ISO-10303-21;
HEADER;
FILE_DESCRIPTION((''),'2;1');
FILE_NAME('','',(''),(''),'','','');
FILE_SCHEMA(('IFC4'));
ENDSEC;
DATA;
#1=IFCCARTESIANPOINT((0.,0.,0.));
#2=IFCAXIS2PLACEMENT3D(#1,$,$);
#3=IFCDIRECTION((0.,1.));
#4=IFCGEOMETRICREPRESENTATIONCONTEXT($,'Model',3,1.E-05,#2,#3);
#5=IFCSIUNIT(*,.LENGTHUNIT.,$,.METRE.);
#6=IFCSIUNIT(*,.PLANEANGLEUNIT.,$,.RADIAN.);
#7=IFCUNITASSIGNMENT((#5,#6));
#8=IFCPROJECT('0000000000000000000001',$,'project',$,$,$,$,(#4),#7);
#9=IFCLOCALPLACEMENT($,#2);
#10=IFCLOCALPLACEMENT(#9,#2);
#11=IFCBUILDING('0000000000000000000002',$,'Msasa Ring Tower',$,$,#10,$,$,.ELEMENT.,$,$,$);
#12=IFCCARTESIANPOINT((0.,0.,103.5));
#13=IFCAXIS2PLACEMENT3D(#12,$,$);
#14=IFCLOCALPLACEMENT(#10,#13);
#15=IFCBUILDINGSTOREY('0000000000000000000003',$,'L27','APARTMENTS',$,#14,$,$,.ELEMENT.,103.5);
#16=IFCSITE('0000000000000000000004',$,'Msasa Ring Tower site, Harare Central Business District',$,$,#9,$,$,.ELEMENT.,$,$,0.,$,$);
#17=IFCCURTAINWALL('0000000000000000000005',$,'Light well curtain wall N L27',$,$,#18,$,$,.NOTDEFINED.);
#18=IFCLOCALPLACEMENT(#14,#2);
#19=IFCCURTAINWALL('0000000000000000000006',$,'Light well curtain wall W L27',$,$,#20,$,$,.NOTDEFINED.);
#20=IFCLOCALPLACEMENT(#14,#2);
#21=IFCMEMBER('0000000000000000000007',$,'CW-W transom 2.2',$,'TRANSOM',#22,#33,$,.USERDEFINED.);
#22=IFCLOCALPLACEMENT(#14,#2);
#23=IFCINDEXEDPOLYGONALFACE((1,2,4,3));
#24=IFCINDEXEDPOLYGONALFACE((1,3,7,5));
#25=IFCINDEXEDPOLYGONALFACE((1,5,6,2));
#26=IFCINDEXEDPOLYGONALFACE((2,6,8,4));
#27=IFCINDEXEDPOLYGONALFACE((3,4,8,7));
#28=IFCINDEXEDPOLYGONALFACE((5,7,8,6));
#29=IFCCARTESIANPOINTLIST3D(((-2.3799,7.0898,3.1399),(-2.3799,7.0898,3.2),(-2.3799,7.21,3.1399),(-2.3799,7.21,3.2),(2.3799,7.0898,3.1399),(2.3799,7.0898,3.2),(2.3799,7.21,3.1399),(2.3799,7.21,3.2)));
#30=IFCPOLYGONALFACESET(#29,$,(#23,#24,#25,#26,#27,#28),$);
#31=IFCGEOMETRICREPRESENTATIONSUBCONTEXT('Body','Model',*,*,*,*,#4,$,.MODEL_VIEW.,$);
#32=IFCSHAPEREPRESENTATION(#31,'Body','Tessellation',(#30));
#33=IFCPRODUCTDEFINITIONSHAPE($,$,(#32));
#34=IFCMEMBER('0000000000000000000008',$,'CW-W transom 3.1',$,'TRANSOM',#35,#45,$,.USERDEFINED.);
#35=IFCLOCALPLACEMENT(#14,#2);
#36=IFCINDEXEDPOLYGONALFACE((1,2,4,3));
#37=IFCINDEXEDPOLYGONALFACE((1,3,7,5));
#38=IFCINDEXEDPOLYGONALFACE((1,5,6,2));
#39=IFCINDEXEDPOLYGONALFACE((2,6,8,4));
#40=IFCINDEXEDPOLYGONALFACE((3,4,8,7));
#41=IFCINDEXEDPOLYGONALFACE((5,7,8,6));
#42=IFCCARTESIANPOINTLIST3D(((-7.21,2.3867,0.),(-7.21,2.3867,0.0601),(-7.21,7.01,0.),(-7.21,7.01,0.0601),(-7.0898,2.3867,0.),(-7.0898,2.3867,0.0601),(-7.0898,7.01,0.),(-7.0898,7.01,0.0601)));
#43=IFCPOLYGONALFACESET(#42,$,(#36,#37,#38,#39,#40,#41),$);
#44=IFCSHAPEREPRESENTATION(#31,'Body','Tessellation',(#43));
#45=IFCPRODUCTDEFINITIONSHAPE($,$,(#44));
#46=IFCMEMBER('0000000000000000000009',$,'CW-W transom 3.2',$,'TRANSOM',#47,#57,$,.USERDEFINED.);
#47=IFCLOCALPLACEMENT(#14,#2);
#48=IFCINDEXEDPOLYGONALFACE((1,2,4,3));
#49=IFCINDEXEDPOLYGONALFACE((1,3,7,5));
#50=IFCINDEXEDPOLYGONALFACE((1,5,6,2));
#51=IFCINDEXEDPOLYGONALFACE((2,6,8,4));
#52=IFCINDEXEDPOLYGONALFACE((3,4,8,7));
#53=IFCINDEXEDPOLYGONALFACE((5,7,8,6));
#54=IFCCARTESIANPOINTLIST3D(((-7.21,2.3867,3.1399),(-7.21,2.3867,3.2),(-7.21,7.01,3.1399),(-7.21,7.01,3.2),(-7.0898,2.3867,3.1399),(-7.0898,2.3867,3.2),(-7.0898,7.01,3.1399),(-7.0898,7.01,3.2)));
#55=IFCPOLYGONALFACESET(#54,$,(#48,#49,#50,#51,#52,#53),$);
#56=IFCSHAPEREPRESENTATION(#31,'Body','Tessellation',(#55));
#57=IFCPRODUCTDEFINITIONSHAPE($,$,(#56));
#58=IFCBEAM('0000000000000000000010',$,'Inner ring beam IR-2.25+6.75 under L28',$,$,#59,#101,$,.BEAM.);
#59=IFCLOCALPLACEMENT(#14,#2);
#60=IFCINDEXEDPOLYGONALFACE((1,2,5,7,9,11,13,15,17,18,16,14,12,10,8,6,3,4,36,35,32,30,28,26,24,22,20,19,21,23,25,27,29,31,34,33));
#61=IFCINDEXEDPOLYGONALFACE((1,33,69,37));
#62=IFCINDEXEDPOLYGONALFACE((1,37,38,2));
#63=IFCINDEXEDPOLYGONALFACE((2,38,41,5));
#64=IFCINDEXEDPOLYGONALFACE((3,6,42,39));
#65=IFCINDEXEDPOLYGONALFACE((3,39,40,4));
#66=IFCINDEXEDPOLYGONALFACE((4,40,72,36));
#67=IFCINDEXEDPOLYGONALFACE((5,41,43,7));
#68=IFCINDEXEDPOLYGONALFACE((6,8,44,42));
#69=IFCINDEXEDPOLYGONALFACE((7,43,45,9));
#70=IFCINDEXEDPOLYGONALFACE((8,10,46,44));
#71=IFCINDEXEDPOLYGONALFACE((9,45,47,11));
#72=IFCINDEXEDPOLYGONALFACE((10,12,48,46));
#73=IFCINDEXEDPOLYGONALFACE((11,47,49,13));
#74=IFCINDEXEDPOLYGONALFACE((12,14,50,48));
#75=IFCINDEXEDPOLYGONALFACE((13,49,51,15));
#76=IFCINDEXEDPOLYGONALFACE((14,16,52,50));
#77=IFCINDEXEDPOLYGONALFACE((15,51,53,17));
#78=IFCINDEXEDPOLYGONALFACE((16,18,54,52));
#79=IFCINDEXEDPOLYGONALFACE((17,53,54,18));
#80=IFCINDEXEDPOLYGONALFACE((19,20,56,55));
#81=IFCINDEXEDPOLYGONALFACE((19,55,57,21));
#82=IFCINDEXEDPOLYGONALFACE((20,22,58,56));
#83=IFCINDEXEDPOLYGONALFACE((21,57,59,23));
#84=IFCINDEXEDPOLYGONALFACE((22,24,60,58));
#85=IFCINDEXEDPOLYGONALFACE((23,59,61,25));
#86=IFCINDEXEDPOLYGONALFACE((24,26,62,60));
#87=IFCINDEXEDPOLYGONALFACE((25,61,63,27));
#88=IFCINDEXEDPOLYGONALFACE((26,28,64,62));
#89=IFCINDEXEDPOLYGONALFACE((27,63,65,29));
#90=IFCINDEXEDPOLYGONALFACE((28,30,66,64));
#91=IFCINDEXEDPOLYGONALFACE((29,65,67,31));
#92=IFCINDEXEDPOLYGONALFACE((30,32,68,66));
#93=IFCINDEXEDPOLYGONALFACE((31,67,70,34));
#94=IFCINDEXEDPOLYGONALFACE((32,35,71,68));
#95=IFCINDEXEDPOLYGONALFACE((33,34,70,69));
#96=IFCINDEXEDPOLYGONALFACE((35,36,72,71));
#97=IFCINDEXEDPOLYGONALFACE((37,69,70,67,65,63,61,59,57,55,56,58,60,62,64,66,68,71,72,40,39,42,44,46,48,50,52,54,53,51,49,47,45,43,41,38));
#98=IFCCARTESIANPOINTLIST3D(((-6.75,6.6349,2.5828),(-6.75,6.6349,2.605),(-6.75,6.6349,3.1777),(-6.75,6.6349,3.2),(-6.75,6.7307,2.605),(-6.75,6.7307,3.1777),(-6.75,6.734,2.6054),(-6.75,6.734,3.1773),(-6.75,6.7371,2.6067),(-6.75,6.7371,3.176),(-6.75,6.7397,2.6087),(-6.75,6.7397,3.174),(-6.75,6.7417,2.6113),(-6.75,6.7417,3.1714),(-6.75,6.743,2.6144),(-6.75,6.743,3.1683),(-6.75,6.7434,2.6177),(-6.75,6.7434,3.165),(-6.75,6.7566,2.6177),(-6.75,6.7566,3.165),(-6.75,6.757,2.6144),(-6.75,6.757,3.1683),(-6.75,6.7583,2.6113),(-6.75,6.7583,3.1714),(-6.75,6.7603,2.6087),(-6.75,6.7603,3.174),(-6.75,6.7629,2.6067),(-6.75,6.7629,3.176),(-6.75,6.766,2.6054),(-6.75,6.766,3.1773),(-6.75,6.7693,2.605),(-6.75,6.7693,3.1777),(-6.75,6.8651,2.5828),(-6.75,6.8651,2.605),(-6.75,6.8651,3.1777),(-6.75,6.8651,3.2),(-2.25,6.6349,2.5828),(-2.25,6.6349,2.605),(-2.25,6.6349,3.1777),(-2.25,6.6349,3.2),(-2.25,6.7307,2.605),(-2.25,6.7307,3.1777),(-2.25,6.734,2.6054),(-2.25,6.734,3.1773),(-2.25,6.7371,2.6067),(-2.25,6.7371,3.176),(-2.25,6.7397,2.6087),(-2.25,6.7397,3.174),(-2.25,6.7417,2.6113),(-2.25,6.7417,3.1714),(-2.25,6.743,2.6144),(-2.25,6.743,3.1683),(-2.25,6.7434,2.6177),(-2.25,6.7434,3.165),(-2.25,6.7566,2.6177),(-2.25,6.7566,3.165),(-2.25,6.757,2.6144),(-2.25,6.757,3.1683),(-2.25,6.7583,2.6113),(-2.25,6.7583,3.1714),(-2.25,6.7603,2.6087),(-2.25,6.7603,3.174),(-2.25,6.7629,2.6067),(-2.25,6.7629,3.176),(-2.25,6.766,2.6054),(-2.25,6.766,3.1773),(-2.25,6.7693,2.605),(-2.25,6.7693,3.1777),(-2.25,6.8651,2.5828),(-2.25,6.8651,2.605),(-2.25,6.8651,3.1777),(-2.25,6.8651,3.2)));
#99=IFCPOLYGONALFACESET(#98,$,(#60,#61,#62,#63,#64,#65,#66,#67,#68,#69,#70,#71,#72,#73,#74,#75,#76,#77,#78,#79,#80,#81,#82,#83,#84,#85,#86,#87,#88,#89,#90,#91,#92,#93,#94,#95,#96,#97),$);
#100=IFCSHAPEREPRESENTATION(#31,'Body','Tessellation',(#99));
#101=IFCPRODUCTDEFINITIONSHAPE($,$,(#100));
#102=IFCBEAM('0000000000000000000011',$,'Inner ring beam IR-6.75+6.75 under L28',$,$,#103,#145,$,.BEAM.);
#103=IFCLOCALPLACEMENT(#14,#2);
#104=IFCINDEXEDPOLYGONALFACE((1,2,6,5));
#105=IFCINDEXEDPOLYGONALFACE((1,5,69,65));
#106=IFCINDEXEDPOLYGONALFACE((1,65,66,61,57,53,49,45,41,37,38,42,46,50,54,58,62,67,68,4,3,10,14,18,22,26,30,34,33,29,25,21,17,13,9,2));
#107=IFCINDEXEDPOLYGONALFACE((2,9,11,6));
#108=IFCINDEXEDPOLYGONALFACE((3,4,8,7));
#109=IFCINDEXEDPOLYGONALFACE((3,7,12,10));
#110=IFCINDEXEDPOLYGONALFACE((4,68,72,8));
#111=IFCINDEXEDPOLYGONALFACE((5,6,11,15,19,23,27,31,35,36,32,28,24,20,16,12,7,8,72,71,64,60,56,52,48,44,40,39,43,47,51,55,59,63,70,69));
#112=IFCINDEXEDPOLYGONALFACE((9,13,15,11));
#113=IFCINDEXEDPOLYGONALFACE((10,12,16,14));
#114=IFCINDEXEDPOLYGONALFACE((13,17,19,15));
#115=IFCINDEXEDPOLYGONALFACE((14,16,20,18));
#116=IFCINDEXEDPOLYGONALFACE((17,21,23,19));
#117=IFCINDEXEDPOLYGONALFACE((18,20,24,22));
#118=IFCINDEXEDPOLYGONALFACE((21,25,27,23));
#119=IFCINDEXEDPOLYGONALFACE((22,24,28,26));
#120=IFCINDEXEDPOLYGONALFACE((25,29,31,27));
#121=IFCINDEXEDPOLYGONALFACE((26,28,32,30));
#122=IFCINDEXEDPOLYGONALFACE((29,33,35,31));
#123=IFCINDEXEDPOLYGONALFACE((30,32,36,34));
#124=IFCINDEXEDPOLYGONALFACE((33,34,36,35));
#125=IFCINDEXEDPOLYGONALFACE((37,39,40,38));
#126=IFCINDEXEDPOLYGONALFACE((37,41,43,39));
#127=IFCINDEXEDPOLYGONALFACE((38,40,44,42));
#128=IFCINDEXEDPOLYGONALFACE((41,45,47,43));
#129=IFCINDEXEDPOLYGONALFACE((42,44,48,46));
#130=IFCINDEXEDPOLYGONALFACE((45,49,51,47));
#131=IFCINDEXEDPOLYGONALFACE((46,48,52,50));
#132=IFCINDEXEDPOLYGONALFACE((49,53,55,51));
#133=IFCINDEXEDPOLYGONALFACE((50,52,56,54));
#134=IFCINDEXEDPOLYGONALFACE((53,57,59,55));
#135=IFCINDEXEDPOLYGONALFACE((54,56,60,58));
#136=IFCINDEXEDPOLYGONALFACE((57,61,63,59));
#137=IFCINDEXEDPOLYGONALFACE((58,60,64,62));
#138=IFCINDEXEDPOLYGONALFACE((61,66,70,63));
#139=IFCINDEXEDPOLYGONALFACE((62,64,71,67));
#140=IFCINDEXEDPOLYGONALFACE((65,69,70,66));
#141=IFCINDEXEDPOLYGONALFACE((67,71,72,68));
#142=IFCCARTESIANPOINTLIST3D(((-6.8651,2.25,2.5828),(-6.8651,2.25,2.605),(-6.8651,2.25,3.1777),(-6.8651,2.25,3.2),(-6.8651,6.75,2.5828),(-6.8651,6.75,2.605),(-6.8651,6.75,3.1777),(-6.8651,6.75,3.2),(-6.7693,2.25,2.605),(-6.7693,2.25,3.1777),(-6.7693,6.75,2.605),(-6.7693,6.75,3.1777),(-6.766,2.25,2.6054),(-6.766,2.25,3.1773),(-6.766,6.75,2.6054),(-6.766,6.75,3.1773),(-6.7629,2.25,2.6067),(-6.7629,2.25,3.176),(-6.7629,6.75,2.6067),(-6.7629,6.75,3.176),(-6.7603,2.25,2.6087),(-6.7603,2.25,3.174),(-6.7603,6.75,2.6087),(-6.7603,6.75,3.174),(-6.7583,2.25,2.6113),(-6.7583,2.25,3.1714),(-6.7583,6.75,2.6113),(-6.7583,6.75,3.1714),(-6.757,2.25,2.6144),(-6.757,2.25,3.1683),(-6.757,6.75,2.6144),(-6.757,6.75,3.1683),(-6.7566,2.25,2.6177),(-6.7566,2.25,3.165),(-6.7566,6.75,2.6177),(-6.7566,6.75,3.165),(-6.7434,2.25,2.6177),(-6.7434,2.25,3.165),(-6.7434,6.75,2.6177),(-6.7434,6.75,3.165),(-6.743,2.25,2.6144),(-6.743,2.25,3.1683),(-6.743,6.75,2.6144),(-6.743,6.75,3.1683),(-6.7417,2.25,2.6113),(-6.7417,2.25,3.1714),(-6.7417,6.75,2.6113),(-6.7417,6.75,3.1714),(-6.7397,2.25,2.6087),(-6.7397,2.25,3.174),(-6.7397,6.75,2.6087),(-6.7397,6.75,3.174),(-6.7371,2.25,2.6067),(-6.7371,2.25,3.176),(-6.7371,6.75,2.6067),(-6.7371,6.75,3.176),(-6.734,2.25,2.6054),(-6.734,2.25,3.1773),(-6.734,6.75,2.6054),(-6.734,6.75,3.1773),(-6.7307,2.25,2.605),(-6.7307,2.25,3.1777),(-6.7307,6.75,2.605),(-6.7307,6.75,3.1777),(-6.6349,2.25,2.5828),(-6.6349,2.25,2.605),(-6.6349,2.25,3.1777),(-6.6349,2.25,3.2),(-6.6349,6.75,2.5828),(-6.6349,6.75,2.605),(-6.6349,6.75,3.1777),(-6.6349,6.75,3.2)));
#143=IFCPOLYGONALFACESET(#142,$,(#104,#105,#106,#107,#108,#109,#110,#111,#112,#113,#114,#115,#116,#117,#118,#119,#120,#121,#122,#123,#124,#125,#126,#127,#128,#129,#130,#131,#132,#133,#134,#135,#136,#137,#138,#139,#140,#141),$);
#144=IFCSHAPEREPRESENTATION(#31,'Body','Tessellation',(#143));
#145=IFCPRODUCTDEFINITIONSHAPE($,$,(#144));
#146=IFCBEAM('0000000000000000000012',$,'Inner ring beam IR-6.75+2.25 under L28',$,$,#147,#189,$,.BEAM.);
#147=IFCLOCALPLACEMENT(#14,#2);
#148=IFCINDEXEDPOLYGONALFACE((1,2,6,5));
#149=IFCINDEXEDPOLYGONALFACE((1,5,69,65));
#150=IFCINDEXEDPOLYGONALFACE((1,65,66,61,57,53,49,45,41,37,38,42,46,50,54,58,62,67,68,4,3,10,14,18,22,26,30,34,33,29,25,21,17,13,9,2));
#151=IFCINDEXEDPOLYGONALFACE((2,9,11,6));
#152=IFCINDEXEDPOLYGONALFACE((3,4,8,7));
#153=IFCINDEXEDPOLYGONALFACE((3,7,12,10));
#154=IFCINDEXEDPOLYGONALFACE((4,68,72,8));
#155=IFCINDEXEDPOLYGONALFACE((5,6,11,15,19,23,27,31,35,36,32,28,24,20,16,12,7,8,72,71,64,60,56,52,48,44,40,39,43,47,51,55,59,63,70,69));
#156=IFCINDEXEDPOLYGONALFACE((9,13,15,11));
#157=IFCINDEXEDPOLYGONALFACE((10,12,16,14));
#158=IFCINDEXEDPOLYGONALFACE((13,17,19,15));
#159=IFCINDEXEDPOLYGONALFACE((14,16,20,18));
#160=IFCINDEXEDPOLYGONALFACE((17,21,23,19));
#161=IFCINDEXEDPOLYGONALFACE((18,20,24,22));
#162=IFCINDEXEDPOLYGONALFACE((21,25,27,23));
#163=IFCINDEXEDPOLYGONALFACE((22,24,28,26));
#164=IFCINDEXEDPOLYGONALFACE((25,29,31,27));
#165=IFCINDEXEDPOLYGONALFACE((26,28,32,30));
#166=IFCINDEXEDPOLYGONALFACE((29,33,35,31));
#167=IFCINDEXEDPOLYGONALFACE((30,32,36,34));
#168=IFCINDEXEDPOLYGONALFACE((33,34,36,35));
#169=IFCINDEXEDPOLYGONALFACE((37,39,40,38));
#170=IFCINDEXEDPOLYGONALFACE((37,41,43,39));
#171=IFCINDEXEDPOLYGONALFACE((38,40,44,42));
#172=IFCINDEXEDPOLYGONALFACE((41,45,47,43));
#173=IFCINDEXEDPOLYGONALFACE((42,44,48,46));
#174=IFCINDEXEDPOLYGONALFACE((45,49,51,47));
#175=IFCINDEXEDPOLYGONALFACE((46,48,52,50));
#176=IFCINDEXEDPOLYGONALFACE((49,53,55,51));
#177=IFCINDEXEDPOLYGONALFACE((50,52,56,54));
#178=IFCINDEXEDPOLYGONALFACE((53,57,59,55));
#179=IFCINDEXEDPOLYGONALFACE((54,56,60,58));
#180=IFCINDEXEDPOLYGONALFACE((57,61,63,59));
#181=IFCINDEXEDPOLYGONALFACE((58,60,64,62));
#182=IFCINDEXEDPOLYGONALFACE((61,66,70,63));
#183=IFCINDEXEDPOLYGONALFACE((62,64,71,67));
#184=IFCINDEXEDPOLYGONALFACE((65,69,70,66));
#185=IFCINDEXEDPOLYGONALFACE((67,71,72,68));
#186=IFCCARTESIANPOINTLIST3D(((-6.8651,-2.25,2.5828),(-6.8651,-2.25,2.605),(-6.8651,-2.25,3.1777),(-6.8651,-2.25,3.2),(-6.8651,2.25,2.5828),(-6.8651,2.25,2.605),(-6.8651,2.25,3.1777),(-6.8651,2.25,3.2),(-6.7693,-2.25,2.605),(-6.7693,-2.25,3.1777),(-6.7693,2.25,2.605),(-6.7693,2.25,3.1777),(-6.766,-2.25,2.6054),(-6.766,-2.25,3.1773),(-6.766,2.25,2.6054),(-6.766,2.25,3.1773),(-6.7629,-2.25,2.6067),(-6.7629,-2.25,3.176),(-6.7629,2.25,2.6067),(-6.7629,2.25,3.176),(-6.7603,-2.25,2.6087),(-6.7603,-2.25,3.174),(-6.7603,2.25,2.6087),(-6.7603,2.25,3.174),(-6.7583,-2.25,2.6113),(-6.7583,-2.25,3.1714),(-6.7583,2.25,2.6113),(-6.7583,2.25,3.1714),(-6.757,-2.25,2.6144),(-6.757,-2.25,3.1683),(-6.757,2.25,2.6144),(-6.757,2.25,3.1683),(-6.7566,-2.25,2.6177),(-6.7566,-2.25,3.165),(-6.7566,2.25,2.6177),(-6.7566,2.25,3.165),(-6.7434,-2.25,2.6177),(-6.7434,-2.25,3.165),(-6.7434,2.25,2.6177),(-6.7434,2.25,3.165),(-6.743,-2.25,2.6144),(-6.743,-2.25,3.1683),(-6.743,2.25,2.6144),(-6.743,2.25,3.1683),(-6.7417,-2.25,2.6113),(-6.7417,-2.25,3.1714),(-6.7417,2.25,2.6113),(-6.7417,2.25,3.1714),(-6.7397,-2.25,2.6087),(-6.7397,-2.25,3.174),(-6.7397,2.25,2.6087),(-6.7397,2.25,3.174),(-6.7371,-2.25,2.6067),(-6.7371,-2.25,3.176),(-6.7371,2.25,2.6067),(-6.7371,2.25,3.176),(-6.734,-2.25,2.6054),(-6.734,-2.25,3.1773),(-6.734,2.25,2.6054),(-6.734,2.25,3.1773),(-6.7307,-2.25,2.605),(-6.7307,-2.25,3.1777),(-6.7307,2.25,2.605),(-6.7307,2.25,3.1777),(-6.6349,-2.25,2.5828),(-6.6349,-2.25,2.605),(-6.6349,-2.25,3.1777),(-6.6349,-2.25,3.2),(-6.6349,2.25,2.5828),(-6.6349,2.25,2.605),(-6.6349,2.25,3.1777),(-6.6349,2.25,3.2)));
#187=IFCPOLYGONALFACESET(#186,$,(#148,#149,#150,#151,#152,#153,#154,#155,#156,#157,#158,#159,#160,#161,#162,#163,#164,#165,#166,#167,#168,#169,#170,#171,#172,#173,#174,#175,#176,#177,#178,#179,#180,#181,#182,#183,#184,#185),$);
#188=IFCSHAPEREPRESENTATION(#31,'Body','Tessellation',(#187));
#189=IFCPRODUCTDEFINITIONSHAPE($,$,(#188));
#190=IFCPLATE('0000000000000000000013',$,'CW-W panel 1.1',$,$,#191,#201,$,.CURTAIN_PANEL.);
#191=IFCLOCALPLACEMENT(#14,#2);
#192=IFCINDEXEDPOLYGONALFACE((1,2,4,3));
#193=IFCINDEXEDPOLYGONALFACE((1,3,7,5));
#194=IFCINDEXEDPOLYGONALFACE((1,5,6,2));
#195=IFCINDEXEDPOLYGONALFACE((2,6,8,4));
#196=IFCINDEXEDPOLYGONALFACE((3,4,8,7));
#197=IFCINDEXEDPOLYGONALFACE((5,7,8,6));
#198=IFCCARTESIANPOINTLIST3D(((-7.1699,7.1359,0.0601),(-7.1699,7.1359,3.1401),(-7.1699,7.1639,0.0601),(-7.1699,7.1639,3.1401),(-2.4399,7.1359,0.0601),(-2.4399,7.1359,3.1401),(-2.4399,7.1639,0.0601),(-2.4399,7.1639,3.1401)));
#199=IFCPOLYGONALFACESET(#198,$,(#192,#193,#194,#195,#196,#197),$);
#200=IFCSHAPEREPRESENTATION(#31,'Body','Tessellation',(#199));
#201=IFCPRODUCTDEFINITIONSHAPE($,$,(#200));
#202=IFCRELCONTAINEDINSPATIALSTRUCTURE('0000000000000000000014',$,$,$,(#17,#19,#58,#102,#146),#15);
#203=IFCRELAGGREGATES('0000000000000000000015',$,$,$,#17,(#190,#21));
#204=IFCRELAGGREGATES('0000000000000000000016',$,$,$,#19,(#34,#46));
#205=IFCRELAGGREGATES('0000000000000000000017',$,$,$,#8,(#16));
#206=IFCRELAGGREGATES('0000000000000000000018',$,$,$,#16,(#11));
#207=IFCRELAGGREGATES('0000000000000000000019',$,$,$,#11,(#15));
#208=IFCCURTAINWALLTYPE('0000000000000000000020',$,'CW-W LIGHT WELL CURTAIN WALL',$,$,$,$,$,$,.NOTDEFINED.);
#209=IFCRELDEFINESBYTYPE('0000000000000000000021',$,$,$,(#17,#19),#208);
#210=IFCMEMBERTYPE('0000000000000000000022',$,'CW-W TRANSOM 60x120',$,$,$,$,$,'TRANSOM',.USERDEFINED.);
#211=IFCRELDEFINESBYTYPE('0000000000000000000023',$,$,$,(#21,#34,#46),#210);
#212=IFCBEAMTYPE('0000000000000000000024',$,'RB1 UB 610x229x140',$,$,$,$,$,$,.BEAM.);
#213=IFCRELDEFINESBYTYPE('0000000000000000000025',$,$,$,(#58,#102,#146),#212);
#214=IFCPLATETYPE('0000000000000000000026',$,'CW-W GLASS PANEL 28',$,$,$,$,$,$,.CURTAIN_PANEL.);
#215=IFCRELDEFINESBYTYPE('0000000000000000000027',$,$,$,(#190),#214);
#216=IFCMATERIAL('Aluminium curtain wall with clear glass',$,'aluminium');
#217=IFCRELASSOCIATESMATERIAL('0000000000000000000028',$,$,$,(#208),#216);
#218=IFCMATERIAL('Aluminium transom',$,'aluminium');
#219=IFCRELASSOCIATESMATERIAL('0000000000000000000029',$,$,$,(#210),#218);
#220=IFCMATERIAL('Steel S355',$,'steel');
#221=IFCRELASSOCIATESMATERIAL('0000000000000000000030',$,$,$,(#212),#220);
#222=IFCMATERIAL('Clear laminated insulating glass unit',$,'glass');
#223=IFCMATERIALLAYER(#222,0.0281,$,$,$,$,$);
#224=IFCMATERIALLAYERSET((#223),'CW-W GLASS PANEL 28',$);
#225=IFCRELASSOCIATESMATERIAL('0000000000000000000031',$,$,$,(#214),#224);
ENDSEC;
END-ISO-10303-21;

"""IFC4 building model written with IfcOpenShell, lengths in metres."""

from ifc_helpers import new_model, si_unit, direction, frame, origin, origin_2d, place, context, subcontext, project, spatial, rectangle, i_section, extrude, material, layer, layer_set, material_profile, profile_set, type_object, element, aggregate, save


model = new_model("IFC4")

# Units and contexts
model_context = context("Model", 3, precision=1e-05, world=origin(), true_north=direction((0.0, 1.0)))
body_context = subcontext(model_context, "Body", "Model", "MODEL_VIEW")
ifc_project = project(units=[si_unit("LENGTHUNIT", "METRE"), si_unit("PLANEANGLEUNIT", "RADIAN")], contexts=[model_context])

# Site, building, storey
site_placement = place(None, origin())
site = spatial("IfcSite", under=ifc_project, at=site_placement, Name="Msasa Ring Tower site, Harare Central Business District", CompositionType="ELEMENT", RefElevation=0.0)
building_placement = place(site_placement, origin())
building = spatial("IfcBuilding", under=site, at=building_placement, Name="Msasa Ring Tower", CompositionType="ELEMENT")
storey_placement = place(building_placement, frame((0.0, 0.0, 103.5)))
storey = spatial("IfcBuildingStorey", under=building, at=storey_placement, Name="L27", Description="APARTMENTS", CompositionType="ELEMENT", Elevation=103.5)

# Curtain walls
ifc_material_1 = material(Name="Aluminium curtain wall with clear glass", Category="aluminium")
curtain_wall_type = type_object("IfcCurtainWallType", Name="CW-W LIGHT WELL CURTAIN WALL", PredefinedType="NOTDEFINED", material=ifc_material_1)
curtain_wall_1_placement = place(storey_placement, origin())
curtain_wall_1 = element("IfcCurtainWall", 1, at=curtain_wall_1_placement, inside=storey, type_object=curtain_wall_type, Name="Light well curtain wall N L27", PredefinedType="NOTDEFINED")
curtain_wall_2_placement = place(storey_placement, origin())
curtain_wall_2 = element("IfcCurtainWall", 2, at=curtain_wall_2_placement, inside=storey, type_object=curtain_wall_type, Name="Light well curtain wall W L27", PredefinedType="NOTDEFINED")

# Members
ifc_material_2 = material(Name="Aluminium transom", Category="aluminium")
ifc_material_profile_1 = material_profile(ifc_material_2, rectangle(XDim=0.1201, YDim=0.0601, at=origin_2d()), Name="AL 60x120")
ifc_profile_set_1 = profile_set([ifc_material_profile_1], Name="Aluminium transom")
member_type_1 = type_object("IfcMemberType", Name="CW-W TRANSOM 60x120", ElementType="TRANSOM", PredefinedType="USERDEFINED", material=ifc_profile_set_1)
member_1_placement = place(storey_placement, frame((-2.3799, 7.1499, 3.1699), z_axis=(1.0, 0.0, 0.0), x_axis=(0.0, 1.0, 0.0)))
member_1 = element("IfcMember", 3, at=member_1_placement, type_object=member_type_1, Name="CW-W transom 2.2", ObjectType="TRANSOM", PredefinedType="USERDEFINED", context=body_context, shape_type="SweptSolid", body=[
    extrude(rectangle(XDim=0.1201, YDim=0.0601, at=origin_2d()), origin(), (0.0, 0.0, 1.0), 4.7598),
])
member_2_placement = place(storey_placement, frame((-7.1499, 2.3867, 0.03), z_axis=(0.0, 1.0, 0.0), x_axis=(-1.0, 0.0, 0.0)))
member_2 = element("IfcMember", 4, at=member_2_placement, type_object=member_type_1, Name="CW-W transom 3.1", ObjectType="TRANSOM", PredefinedType="USERDEFINED", context=body_context, shape_type="SweptSolid", body=[
    extrude(rectangle(XDim=0.1201, YDim=0.0601, at=origin_2d()), origin(), (0.0, 0.0, 1.0), 4.6233),
])
member_3_placement = place(storey_placement, frame((-7.1499, 2.3867, 3.1699), z_axis=(0.0, 1.0, 0.0), x_axis=(-1.0, 0.0, 0.0)))
member_3 = element("IfcMember", 5, at=member_3_placement, type_object=member_type_1, Name="CW-W transom 3.2", ObjectType="TRANSOM", PredefinedType="USERDEFINED", context=body_context, shape_type="SweptSolid", body=[
    extrude(rectangle(XDim=0.1201, YDim=0.0601, at=origin_2d()), origin(), (0.0, 0.0, 1.0), 4.6233),
])

# Beams
ifc_material_3 = material(Name="Steel S355", Category="steel")
ifc_material_profile_2 = material_profile(ifc_material_3, i_section(OverallWidth=0.2302, OverallDepth=0.6172, WebThickness=0.0132, FlangeThickness=0.0222, FilletRadius=0.0127, at=origin_2d()), Name="UB 610x229x140")
ifc_profile_set_2 = profile_set([ifc_material_profile_2], Name="Steel S355")
beam_type_1 = type_object("IfcBeamType", Name="RB1 UB 610x229x140", PredefinedType="BEAM", material=ifc_profile_set_2)
for number, where, z_axis, x_axis, name in (
    (6, (-2.25, 6.75, 2.8914), (-1.0, 0.0, 0.0), (0.0, -1.0, 0.0), "Inner ring beam IR-2.25+6.75 under L28"),
    (7, (-6.75, 6.75, 2.8914), (0.0, -1.0, 0.0), (1.0, 0.0, 0.0), "Inner ring beam IR-6.75+6.75 under L28"),
    (8, (-6.75, 2.25, 2.8914), (0.0, -1.0, 0.0), (1.0, 0.0, 0.0), "Inner ring beam IR-6.75+2.25 under L28"),
):
    element("IfcBeam", number, at=place(storey_placement, frame(where, z_axis=z_axis, x_axis=x_axis)), inside=storey, type_object=beam_type_1, Name=name, PredefinedType="BEAM", context=body_context, shape_type="SweptSolid", body=[
        extrude(i_section(OverallWidth=0.2302, OverallDepth=0.6172, WebThickness=0.0132, FlangeThickness=0.0222, FilletRadius=0.0127, at=origin_2d()), origin(), (0.0, 0.0, 1.0), 4.5),
    ])

# Plate
ifc_material_4 = material(Name="Clear laminated insulating glass unit", Category="glass")
ifc_layer_1 = layer(ifc_material_4, 0.0281)
ifc_layer_set_1 = layer_set([ifc_layer_1], Name="CW-W GLASS PANEL 28")
plate_type = type_object("IfcPlateType", Name="CW-W GLASS PANEL 28", PredefinedType="CURTAIN_PANEL", material=ifc_layer_set_1)
plate_1_placement = place(storey_placement, frame((-4.8049, 7.1499, 0.0601), z_axis=(0.0, 0.0, 1.0), x_axis=(1.0, 0.0, 0.0)))
plate_1 = element("IfcPlate", 9, at=plate_1_placement, type_object=plate_type, Name="CW-W panel 1.1", PredefinedType="CURTAIN_PANEL", context=body_context, shape_type="SweptSolid", body=[
    extrude(rectangle(XDim=4.73, YDim=0.0281, at=origin_2d()), origin(), (0.0, 0.0, 1.0), 3.0801),
])
aggregate(curtain_wall_1, [plate_1, member_1])
aggregate(curtain_wall_2, [member_2, member_3])

save(model, "model.ifc")
